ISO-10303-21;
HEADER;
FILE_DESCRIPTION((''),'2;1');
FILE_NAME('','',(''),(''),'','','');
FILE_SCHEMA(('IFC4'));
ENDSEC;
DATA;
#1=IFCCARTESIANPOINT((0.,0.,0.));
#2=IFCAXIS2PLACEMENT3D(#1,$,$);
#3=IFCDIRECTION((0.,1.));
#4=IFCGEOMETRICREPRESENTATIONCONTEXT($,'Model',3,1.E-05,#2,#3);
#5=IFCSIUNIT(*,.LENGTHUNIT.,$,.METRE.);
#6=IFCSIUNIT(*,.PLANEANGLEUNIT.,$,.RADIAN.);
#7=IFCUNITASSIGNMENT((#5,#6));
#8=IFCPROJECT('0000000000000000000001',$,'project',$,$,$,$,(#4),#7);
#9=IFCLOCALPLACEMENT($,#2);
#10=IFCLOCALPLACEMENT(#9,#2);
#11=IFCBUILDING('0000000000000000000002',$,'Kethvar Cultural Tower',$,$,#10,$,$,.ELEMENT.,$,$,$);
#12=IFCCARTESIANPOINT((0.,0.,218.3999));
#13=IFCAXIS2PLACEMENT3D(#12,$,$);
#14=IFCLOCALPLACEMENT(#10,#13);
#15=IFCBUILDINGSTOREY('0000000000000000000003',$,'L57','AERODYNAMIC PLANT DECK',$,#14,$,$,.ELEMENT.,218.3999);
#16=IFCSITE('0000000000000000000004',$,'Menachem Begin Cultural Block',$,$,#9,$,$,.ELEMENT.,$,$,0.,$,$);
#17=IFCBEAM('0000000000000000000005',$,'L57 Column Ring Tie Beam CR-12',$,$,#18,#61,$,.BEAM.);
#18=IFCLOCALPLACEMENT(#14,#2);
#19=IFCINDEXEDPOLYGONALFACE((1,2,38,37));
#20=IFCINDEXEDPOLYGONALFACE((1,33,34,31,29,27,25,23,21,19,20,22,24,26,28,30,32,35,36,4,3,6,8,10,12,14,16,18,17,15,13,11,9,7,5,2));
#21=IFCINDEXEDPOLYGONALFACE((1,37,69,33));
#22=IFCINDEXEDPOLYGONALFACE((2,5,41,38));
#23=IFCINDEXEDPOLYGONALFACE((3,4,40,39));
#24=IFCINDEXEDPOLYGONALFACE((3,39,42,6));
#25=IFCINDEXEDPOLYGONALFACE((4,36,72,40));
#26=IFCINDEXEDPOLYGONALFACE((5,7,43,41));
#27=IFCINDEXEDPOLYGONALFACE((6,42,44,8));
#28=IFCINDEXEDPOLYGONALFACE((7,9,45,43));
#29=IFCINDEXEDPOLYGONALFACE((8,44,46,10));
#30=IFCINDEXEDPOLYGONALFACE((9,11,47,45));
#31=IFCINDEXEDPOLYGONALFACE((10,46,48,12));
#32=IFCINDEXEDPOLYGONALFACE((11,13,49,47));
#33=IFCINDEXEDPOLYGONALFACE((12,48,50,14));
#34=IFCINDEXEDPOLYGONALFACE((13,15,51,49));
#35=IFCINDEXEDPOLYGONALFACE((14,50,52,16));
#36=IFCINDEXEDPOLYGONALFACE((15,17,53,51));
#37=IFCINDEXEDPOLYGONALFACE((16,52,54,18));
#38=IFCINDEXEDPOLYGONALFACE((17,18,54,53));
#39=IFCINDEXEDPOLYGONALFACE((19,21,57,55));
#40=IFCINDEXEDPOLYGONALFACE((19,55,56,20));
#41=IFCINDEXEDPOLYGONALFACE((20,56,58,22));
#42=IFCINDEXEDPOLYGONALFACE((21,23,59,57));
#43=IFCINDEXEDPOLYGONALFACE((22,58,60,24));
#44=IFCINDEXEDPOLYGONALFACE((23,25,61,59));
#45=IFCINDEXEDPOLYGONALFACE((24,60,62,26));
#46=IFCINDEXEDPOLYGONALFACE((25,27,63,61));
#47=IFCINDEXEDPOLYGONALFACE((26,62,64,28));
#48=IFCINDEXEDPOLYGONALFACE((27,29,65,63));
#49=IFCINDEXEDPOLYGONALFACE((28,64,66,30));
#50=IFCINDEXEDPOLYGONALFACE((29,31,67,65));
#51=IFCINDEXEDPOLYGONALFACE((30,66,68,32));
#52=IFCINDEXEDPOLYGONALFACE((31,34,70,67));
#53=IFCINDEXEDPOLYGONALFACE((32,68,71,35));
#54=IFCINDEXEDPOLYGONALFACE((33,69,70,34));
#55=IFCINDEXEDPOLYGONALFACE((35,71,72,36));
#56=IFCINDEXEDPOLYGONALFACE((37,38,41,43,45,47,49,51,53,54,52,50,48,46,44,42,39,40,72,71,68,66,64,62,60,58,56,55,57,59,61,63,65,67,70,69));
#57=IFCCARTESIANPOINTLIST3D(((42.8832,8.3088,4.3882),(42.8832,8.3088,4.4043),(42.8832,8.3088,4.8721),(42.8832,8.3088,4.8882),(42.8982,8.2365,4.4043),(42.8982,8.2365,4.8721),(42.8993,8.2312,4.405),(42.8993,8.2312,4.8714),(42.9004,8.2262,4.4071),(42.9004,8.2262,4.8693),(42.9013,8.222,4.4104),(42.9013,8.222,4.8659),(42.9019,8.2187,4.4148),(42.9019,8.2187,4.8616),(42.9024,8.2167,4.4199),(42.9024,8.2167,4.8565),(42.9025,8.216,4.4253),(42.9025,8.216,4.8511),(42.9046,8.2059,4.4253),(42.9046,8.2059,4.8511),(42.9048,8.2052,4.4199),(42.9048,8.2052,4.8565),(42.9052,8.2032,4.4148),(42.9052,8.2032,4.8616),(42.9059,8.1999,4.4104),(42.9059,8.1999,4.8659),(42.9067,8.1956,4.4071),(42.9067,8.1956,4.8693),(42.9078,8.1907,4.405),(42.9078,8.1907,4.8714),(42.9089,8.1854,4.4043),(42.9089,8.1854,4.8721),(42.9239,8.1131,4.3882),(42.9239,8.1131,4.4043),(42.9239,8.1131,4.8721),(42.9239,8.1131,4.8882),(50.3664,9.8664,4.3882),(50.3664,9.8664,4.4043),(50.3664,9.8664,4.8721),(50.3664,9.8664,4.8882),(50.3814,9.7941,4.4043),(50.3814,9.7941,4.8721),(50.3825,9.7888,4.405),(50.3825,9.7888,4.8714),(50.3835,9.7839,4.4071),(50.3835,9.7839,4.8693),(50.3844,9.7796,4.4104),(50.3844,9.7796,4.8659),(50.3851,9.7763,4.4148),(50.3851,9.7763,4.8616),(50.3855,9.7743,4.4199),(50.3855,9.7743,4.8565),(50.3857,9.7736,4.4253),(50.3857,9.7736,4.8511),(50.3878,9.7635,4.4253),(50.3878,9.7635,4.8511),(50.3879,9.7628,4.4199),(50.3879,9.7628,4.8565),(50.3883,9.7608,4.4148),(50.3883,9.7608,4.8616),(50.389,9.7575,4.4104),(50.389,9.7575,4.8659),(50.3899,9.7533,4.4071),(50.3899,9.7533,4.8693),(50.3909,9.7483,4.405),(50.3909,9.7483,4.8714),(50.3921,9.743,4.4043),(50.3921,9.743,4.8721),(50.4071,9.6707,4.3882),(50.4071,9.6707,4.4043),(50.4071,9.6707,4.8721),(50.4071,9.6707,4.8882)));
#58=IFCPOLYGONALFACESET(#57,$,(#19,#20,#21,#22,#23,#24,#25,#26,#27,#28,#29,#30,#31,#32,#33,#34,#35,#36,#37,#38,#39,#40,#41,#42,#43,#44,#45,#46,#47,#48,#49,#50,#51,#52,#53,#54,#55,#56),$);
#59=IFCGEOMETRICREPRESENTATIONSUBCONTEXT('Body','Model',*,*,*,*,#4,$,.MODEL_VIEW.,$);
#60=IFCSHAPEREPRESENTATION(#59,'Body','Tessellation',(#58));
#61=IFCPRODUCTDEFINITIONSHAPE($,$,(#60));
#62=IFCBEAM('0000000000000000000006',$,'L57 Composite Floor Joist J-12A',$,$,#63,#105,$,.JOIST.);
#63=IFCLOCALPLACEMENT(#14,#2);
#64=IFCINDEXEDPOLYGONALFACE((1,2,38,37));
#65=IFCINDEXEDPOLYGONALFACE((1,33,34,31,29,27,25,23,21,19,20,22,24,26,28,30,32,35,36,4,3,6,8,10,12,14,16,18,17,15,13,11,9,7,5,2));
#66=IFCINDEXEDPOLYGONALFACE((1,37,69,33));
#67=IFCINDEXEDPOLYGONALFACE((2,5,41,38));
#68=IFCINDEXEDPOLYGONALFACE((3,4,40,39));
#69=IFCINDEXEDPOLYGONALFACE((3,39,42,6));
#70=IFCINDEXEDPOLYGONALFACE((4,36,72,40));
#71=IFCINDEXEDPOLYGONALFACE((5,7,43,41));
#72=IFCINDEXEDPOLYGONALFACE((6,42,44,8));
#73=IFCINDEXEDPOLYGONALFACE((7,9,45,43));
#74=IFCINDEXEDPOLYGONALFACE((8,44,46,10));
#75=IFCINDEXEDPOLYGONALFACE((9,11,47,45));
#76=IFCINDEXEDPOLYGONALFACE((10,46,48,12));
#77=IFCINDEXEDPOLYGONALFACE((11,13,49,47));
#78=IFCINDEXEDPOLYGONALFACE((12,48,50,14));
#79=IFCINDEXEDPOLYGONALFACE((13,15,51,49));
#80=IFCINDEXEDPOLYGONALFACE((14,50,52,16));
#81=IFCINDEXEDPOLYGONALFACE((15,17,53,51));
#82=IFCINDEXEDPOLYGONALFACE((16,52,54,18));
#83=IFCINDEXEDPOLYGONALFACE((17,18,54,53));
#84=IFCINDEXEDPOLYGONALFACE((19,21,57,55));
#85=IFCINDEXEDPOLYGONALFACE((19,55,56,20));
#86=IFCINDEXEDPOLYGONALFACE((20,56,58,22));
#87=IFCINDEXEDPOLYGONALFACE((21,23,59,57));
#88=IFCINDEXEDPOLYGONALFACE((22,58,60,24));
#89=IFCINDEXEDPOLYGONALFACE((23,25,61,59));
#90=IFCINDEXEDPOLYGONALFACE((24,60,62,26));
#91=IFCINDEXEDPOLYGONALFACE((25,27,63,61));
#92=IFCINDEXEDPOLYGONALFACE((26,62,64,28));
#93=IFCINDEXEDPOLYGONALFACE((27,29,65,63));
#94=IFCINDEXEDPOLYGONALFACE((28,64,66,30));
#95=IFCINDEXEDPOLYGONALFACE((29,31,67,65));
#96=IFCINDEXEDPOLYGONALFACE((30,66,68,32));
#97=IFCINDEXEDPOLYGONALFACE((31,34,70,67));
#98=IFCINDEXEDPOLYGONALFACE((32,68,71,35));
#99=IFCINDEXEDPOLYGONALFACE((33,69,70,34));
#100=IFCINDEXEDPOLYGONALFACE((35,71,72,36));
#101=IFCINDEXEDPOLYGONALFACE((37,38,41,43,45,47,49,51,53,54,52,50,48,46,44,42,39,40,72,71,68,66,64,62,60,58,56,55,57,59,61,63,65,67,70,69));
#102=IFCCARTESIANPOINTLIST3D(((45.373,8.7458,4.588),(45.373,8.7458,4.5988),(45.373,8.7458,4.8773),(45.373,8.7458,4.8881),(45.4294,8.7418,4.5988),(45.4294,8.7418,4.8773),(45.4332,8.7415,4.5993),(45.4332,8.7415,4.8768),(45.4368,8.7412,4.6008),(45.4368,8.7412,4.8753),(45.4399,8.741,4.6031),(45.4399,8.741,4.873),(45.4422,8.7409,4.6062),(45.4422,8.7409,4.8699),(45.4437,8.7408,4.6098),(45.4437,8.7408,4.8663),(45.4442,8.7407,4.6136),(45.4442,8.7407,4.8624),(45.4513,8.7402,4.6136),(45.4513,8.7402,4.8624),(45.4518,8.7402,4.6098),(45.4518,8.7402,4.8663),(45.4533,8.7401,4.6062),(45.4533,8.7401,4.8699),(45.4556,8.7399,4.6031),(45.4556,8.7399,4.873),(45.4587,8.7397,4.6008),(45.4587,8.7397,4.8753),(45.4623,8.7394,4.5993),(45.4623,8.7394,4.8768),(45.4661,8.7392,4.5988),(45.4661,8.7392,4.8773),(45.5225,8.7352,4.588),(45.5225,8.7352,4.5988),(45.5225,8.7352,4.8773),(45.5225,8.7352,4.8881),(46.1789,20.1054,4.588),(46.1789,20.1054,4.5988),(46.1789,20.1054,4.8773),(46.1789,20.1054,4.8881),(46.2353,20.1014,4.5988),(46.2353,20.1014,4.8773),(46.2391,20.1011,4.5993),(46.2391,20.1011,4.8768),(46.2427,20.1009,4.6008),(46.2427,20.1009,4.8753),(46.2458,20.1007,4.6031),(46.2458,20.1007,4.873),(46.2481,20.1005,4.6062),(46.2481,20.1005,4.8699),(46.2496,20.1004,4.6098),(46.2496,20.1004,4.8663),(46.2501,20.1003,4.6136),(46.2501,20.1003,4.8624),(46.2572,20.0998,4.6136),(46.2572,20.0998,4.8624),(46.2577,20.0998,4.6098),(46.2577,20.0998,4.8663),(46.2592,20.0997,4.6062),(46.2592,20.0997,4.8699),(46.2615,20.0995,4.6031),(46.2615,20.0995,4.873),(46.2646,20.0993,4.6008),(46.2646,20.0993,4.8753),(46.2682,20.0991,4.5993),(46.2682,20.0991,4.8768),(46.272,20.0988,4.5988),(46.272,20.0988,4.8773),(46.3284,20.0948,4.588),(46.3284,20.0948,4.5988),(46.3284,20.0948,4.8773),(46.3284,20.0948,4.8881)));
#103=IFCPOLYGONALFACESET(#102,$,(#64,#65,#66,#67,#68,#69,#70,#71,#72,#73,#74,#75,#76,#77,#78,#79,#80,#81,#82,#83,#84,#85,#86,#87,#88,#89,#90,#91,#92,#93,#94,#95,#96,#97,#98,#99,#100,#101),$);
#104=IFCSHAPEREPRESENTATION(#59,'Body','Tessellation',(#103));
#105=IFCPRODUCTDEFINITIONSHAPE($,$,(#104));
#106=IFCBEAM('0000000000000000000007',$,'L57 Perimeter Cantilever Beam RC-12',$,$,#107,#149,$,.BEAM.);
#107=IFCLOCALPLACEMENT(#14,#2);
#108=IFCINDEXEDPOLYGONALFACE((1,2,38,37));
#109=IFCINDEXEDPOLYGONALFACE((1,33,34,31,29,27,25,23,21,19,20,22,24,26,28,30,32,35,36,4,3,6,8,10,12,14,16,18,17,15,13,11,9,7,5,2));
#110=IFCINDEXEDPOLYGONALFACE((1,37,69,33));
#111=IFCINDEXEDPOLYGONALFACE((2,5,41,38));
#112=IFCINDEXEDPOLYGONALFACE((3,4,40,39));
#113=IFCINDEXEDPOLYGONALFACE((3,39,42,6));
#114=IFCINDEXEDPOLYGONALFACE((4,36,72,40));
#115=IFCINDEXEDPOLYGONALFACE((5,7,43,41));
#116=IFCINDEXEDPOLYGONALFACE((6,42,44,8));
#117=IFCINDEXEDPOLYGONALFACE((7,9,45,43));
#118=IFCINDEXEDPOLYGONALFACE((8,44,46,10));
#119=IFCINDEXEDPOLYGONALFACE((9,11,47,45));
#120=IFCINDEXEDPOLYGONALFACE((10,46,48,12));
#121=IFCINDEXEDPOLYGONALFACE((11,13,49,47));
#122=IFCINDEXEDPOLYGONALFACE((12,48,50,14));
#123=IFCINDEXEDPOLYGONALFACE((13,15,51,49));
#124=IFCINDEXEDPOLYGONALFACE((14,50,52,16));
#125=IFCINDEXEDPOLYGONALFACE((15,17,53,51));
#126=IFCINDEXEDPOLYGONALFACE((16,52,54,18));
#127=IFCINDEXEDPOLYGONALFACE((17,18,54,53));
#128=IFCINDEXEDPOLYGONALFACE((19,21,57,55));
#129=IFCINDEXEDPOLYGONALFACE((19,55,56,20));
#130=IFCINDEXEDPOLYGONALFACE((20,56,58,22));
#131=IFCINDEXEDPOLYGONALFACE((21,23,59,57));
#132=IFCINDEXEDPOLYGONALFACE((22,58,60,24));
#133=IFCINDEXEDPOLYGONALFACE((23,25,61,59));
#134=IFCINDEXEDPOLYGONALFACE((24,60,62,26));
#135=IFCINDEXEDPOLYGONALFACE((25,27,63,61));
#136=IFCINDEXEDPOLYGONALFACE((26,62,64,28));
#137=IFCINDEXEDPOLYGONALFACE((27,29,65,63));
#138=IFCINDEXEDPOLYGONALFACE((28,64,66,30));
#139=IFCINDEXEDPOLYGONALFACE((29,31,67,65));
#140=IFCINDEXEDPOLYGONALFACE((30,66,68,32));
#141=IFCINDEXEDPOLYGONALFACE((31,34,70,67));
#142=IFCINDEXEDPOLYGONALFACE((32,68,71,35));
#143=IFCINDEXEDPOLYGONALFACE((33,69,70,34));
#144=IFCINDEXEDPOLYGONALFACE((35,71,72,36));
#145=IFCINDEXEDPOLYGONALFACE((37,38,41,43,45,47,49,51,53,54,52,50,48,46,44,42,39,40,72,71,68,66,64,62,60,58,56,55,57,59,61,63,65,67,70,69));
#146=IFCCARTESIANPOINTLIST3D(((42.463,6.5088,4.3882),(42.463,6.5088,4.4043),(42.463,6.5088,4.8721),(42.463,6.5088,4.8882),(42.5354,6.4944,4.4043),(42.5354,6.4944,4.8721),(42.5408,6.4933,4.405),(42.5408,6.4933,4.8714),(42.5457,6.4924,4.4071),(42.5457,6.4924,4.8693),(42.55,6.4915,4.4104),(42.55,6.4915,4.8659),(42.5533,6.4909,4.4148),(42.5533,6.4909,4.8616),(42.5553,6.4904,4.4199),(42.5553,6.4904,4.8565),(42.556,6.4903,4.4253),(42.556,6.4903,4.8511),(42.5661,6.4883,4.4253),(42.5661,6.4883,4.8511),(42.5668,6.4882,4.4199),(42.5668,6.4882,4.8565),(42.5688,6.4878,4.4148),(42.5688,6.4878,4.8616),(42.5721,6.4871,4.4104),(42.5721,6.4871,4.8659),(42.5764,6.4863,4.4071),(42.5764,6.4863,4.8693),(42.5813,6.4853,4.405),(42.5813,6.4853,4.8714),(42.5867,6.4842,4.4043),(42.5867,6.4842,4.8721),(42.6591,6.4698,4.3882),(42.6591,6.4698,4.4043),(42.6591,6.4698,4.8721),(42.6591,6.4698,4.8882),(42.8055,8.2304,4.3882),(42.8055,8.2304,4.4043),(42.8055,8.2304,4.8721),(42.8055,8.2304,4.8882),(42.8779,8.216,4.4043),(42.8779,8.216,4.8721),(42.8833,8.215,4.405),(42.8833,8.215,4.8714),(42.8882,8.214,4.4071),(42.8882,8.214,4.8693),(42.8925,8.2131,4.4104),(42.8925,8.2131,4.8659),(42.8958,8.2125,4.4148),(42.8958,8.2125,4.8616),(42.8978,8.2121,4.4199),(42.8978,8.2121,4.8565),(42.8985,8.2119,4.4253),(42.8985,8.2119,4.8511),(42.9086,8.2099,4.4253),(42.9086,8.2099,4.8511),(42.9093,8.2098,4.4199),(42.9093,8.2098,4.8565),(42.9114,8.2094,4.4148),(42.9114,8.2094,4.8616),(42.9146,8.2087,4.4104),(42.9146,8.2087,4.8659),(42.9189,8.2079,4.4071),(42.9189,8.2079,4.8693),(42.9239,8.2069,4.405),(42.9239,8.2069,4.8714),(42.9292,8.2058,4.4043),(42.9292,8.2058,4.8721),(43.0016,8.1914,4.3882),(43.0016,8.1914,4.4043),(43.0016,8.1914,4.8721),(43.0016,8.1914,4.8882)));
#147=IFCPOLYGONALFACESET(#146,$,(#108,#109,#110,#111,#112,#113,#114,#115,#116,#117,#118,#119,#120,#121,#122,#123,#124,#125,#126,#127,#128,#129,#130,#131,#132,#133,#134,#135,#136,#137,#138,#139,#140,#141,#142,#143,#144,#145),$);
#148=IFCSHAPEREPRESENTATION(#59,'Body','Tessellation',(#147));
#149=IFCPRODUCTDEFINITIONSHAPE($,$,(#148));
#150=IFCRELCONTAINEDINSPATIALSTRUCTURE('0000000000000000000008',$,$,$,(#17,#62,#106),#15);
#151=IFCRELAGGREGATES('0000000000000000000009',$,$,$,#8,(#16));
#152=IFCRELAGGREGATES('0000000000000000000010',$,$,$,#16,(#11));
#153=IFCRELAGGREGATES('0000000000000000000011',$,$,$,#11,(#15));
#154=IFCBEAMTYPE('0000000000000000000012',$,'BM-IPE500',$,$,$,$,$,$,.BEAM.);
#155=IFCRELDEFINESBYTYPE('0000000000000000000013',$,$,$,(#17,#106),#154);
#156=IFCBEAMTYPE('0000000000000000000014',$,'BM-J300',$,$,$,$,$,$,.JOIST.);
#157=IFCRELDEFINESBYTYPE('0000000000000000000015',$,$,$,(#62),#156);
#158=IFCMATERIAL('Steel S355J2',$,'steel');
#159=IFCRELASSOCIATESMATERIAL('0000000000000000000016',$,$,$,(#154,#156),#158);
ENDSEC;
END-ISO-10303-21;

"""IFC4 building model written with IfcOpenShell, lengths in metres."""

from ifc_helpers import new_model, si_unit, direction, frame, origin, origin_2d, place, context, subcontext, project, spatial, i_section, extrude, source, transform, mapped, material, material_profile, profile_set, type_object, element, save


model = new_model("IFC4")

# Units and contexts
model_context = context("Model", 3, precision=1e-05, world=origin(), true_north=direction((0.0, 1.0)))
body_context = subcontext(model_context, "Body", "Model", "MODEL_VIEW")
ifc_project = project(units=[si_unit("LENGTHUNIT", "METRE"), si_unit("PLANEANGLEUNIT", "RADIAN")], contexts=[model_context])

# Site, building, storey
site_placement = place(None, origin())
site = spatial("IfcSite", under=ifc_project, at=site_placement, Name="Menachem Begin Cultural Block", CompositionType="ELEMENT", RefElevation=0.0)
building_placement = place(site_placement, origin())
building = spatial("IfcBuilding", under=site, at=building_placement, Name="Kethvar Cultural Tower", CompositionType="ELEMENT")
storey_placement = place(building_placement, frame((0.0, 0.0, 218.3999)))
storey = spatial("IfcBuildingStorey", under=building, at=storey_placement, Name="L57", Description="AERODYNAMIC PLANT DECK", CompositionType="ELEMENT", Elevation=218.3999)

# Beams
ifc_material_1 = material(Name="Steel S355J2", Category="steel")
ifc_material_profile_1 = material_profile(ifc_material_1, i_section(OverallWidth=0.2, OverallDepth=0.5, WebThickness=0.0103, FlangeThickness=0.0161, FilletRadius=0.021, at=origin_2d()), Name="Steel S355J2 — IPE500")
ifc_profile_set_1 = profile_set([ifc_material_profile_1], Name="Steel S355J2 — IPE500")
beam_type_1 = type_object("IfcBeamType", Name="BM-IPE500", PredefinedType="BEAM", material=ifc_profile_set_1)
ifc_material_profile_2 = material_profile(ifc_material_1, i_section(OverallWidth=0.1499, OverallDepth=0.3, WebThickness=0.0071, FlangeThickness=0.0107, FilletRadius=0.0149, at=origin_2d()), Name="Steel S355J2 — IPE300")
ifc_profile_set_2 = profile_set([ifc_material_profile_2], Name="Steel S355J2 — IPE300")
beam_type_2 = type_object("IfcBeamType", Name="BM-J300", PredefinedType="JOIST", material=ifc_profile_set_2)
shared_shape_1 = source(origin(), body_context, "Body", "SweptSolid", [
    extrude(i_section(OverallWidth=0.2, OverallDepth=0.5, WebThickness=0.0103, FlangeThickness=0.0161, FilletRadius=0.021, at=origin_2d()), origin(), (0.0, 0.0, 1.0), 7.6436),
])
beam_1_placement = place(storey_placement, frame((42.9036, 8.2109, 4.6382), z_axis=(0.979016, 0.203782, 0.0), x_axis=(-0.203782, 0.979016, 0.0)))
element("IfcBeam", 1, at=beam_1_placement, inside=storey, type_object=beam_type_1, Name="L57 Column Ring Tie Beam CR-12", PredefinedType="BEAM", context=body_context, shape_type="MappedRepresentation", body=[
    mapped(shared_shape_1, transform((0.0, 0.0, 0.0), scale=1.0)),
])
shared_shape_2 = source(origin(), body_context, "Body", "SweptSolid", [
    extrude(i_section(OverallWidth=0.1499, OverallDepth=0.3, WebThickness=0.0071, FlangeThickness=0.0107, FilletRadius=0.0149, at=origin_2d()), origin(), (0.0, 0.0, 1.0), 11.3882),
])
beam_2_placement = place(storey_placement, frame((46.2537, 20.1001, 4.738), z_axis=(-0.070767, -0.997493, 0.0), x_axis=(0.997493, -0.070767, 0.0)))
element("IfcBeam", 2, at=beam_2_placement, inside=storey, type_object=beam_type_2, Name="L57 Composite Floor Joist J-12A", PredefinedType="JOIST", context=body_context, shape_type="MappedRepresentation", body=[
    mapped(shared_shape_2, transform((0.0, 0.0, 0.0), scale=1.0)),
])
shared_shape_3 = source(origin(), body_context, "Body", "SweptSolid", [
    extrude(i_section(OverallWidth=0.2, OverallDepth=0.5, WebThickness=0.0103, FlangeThickness=0.0161, FilletRadius=0.021, at=origin_2d()), origin(), (0.0, 0.0, 1.0), 1.7554),
])
beam_3_placement = place(storey_placement, frame((42.9036, 8.2109, 4.6382), z_axis=(-0.195126, -0.980778, 0.0), x_axis=(0.980778, -0.195126, 0.0)))
element("IfcBeam", 3, at=beam_3_placement, inside=storey, type_object=beam_type_1, Name="L57 Perimeter Cantilever Beam RC-12", PredefinedType="BEAM", context=body_context, shape_type="MappedRepresentation", body=[
    mapped(shared_shape_3, transform((0.0, 0.0, 0.0), scale=1.0)),
])

save(model, "model.ifc")
